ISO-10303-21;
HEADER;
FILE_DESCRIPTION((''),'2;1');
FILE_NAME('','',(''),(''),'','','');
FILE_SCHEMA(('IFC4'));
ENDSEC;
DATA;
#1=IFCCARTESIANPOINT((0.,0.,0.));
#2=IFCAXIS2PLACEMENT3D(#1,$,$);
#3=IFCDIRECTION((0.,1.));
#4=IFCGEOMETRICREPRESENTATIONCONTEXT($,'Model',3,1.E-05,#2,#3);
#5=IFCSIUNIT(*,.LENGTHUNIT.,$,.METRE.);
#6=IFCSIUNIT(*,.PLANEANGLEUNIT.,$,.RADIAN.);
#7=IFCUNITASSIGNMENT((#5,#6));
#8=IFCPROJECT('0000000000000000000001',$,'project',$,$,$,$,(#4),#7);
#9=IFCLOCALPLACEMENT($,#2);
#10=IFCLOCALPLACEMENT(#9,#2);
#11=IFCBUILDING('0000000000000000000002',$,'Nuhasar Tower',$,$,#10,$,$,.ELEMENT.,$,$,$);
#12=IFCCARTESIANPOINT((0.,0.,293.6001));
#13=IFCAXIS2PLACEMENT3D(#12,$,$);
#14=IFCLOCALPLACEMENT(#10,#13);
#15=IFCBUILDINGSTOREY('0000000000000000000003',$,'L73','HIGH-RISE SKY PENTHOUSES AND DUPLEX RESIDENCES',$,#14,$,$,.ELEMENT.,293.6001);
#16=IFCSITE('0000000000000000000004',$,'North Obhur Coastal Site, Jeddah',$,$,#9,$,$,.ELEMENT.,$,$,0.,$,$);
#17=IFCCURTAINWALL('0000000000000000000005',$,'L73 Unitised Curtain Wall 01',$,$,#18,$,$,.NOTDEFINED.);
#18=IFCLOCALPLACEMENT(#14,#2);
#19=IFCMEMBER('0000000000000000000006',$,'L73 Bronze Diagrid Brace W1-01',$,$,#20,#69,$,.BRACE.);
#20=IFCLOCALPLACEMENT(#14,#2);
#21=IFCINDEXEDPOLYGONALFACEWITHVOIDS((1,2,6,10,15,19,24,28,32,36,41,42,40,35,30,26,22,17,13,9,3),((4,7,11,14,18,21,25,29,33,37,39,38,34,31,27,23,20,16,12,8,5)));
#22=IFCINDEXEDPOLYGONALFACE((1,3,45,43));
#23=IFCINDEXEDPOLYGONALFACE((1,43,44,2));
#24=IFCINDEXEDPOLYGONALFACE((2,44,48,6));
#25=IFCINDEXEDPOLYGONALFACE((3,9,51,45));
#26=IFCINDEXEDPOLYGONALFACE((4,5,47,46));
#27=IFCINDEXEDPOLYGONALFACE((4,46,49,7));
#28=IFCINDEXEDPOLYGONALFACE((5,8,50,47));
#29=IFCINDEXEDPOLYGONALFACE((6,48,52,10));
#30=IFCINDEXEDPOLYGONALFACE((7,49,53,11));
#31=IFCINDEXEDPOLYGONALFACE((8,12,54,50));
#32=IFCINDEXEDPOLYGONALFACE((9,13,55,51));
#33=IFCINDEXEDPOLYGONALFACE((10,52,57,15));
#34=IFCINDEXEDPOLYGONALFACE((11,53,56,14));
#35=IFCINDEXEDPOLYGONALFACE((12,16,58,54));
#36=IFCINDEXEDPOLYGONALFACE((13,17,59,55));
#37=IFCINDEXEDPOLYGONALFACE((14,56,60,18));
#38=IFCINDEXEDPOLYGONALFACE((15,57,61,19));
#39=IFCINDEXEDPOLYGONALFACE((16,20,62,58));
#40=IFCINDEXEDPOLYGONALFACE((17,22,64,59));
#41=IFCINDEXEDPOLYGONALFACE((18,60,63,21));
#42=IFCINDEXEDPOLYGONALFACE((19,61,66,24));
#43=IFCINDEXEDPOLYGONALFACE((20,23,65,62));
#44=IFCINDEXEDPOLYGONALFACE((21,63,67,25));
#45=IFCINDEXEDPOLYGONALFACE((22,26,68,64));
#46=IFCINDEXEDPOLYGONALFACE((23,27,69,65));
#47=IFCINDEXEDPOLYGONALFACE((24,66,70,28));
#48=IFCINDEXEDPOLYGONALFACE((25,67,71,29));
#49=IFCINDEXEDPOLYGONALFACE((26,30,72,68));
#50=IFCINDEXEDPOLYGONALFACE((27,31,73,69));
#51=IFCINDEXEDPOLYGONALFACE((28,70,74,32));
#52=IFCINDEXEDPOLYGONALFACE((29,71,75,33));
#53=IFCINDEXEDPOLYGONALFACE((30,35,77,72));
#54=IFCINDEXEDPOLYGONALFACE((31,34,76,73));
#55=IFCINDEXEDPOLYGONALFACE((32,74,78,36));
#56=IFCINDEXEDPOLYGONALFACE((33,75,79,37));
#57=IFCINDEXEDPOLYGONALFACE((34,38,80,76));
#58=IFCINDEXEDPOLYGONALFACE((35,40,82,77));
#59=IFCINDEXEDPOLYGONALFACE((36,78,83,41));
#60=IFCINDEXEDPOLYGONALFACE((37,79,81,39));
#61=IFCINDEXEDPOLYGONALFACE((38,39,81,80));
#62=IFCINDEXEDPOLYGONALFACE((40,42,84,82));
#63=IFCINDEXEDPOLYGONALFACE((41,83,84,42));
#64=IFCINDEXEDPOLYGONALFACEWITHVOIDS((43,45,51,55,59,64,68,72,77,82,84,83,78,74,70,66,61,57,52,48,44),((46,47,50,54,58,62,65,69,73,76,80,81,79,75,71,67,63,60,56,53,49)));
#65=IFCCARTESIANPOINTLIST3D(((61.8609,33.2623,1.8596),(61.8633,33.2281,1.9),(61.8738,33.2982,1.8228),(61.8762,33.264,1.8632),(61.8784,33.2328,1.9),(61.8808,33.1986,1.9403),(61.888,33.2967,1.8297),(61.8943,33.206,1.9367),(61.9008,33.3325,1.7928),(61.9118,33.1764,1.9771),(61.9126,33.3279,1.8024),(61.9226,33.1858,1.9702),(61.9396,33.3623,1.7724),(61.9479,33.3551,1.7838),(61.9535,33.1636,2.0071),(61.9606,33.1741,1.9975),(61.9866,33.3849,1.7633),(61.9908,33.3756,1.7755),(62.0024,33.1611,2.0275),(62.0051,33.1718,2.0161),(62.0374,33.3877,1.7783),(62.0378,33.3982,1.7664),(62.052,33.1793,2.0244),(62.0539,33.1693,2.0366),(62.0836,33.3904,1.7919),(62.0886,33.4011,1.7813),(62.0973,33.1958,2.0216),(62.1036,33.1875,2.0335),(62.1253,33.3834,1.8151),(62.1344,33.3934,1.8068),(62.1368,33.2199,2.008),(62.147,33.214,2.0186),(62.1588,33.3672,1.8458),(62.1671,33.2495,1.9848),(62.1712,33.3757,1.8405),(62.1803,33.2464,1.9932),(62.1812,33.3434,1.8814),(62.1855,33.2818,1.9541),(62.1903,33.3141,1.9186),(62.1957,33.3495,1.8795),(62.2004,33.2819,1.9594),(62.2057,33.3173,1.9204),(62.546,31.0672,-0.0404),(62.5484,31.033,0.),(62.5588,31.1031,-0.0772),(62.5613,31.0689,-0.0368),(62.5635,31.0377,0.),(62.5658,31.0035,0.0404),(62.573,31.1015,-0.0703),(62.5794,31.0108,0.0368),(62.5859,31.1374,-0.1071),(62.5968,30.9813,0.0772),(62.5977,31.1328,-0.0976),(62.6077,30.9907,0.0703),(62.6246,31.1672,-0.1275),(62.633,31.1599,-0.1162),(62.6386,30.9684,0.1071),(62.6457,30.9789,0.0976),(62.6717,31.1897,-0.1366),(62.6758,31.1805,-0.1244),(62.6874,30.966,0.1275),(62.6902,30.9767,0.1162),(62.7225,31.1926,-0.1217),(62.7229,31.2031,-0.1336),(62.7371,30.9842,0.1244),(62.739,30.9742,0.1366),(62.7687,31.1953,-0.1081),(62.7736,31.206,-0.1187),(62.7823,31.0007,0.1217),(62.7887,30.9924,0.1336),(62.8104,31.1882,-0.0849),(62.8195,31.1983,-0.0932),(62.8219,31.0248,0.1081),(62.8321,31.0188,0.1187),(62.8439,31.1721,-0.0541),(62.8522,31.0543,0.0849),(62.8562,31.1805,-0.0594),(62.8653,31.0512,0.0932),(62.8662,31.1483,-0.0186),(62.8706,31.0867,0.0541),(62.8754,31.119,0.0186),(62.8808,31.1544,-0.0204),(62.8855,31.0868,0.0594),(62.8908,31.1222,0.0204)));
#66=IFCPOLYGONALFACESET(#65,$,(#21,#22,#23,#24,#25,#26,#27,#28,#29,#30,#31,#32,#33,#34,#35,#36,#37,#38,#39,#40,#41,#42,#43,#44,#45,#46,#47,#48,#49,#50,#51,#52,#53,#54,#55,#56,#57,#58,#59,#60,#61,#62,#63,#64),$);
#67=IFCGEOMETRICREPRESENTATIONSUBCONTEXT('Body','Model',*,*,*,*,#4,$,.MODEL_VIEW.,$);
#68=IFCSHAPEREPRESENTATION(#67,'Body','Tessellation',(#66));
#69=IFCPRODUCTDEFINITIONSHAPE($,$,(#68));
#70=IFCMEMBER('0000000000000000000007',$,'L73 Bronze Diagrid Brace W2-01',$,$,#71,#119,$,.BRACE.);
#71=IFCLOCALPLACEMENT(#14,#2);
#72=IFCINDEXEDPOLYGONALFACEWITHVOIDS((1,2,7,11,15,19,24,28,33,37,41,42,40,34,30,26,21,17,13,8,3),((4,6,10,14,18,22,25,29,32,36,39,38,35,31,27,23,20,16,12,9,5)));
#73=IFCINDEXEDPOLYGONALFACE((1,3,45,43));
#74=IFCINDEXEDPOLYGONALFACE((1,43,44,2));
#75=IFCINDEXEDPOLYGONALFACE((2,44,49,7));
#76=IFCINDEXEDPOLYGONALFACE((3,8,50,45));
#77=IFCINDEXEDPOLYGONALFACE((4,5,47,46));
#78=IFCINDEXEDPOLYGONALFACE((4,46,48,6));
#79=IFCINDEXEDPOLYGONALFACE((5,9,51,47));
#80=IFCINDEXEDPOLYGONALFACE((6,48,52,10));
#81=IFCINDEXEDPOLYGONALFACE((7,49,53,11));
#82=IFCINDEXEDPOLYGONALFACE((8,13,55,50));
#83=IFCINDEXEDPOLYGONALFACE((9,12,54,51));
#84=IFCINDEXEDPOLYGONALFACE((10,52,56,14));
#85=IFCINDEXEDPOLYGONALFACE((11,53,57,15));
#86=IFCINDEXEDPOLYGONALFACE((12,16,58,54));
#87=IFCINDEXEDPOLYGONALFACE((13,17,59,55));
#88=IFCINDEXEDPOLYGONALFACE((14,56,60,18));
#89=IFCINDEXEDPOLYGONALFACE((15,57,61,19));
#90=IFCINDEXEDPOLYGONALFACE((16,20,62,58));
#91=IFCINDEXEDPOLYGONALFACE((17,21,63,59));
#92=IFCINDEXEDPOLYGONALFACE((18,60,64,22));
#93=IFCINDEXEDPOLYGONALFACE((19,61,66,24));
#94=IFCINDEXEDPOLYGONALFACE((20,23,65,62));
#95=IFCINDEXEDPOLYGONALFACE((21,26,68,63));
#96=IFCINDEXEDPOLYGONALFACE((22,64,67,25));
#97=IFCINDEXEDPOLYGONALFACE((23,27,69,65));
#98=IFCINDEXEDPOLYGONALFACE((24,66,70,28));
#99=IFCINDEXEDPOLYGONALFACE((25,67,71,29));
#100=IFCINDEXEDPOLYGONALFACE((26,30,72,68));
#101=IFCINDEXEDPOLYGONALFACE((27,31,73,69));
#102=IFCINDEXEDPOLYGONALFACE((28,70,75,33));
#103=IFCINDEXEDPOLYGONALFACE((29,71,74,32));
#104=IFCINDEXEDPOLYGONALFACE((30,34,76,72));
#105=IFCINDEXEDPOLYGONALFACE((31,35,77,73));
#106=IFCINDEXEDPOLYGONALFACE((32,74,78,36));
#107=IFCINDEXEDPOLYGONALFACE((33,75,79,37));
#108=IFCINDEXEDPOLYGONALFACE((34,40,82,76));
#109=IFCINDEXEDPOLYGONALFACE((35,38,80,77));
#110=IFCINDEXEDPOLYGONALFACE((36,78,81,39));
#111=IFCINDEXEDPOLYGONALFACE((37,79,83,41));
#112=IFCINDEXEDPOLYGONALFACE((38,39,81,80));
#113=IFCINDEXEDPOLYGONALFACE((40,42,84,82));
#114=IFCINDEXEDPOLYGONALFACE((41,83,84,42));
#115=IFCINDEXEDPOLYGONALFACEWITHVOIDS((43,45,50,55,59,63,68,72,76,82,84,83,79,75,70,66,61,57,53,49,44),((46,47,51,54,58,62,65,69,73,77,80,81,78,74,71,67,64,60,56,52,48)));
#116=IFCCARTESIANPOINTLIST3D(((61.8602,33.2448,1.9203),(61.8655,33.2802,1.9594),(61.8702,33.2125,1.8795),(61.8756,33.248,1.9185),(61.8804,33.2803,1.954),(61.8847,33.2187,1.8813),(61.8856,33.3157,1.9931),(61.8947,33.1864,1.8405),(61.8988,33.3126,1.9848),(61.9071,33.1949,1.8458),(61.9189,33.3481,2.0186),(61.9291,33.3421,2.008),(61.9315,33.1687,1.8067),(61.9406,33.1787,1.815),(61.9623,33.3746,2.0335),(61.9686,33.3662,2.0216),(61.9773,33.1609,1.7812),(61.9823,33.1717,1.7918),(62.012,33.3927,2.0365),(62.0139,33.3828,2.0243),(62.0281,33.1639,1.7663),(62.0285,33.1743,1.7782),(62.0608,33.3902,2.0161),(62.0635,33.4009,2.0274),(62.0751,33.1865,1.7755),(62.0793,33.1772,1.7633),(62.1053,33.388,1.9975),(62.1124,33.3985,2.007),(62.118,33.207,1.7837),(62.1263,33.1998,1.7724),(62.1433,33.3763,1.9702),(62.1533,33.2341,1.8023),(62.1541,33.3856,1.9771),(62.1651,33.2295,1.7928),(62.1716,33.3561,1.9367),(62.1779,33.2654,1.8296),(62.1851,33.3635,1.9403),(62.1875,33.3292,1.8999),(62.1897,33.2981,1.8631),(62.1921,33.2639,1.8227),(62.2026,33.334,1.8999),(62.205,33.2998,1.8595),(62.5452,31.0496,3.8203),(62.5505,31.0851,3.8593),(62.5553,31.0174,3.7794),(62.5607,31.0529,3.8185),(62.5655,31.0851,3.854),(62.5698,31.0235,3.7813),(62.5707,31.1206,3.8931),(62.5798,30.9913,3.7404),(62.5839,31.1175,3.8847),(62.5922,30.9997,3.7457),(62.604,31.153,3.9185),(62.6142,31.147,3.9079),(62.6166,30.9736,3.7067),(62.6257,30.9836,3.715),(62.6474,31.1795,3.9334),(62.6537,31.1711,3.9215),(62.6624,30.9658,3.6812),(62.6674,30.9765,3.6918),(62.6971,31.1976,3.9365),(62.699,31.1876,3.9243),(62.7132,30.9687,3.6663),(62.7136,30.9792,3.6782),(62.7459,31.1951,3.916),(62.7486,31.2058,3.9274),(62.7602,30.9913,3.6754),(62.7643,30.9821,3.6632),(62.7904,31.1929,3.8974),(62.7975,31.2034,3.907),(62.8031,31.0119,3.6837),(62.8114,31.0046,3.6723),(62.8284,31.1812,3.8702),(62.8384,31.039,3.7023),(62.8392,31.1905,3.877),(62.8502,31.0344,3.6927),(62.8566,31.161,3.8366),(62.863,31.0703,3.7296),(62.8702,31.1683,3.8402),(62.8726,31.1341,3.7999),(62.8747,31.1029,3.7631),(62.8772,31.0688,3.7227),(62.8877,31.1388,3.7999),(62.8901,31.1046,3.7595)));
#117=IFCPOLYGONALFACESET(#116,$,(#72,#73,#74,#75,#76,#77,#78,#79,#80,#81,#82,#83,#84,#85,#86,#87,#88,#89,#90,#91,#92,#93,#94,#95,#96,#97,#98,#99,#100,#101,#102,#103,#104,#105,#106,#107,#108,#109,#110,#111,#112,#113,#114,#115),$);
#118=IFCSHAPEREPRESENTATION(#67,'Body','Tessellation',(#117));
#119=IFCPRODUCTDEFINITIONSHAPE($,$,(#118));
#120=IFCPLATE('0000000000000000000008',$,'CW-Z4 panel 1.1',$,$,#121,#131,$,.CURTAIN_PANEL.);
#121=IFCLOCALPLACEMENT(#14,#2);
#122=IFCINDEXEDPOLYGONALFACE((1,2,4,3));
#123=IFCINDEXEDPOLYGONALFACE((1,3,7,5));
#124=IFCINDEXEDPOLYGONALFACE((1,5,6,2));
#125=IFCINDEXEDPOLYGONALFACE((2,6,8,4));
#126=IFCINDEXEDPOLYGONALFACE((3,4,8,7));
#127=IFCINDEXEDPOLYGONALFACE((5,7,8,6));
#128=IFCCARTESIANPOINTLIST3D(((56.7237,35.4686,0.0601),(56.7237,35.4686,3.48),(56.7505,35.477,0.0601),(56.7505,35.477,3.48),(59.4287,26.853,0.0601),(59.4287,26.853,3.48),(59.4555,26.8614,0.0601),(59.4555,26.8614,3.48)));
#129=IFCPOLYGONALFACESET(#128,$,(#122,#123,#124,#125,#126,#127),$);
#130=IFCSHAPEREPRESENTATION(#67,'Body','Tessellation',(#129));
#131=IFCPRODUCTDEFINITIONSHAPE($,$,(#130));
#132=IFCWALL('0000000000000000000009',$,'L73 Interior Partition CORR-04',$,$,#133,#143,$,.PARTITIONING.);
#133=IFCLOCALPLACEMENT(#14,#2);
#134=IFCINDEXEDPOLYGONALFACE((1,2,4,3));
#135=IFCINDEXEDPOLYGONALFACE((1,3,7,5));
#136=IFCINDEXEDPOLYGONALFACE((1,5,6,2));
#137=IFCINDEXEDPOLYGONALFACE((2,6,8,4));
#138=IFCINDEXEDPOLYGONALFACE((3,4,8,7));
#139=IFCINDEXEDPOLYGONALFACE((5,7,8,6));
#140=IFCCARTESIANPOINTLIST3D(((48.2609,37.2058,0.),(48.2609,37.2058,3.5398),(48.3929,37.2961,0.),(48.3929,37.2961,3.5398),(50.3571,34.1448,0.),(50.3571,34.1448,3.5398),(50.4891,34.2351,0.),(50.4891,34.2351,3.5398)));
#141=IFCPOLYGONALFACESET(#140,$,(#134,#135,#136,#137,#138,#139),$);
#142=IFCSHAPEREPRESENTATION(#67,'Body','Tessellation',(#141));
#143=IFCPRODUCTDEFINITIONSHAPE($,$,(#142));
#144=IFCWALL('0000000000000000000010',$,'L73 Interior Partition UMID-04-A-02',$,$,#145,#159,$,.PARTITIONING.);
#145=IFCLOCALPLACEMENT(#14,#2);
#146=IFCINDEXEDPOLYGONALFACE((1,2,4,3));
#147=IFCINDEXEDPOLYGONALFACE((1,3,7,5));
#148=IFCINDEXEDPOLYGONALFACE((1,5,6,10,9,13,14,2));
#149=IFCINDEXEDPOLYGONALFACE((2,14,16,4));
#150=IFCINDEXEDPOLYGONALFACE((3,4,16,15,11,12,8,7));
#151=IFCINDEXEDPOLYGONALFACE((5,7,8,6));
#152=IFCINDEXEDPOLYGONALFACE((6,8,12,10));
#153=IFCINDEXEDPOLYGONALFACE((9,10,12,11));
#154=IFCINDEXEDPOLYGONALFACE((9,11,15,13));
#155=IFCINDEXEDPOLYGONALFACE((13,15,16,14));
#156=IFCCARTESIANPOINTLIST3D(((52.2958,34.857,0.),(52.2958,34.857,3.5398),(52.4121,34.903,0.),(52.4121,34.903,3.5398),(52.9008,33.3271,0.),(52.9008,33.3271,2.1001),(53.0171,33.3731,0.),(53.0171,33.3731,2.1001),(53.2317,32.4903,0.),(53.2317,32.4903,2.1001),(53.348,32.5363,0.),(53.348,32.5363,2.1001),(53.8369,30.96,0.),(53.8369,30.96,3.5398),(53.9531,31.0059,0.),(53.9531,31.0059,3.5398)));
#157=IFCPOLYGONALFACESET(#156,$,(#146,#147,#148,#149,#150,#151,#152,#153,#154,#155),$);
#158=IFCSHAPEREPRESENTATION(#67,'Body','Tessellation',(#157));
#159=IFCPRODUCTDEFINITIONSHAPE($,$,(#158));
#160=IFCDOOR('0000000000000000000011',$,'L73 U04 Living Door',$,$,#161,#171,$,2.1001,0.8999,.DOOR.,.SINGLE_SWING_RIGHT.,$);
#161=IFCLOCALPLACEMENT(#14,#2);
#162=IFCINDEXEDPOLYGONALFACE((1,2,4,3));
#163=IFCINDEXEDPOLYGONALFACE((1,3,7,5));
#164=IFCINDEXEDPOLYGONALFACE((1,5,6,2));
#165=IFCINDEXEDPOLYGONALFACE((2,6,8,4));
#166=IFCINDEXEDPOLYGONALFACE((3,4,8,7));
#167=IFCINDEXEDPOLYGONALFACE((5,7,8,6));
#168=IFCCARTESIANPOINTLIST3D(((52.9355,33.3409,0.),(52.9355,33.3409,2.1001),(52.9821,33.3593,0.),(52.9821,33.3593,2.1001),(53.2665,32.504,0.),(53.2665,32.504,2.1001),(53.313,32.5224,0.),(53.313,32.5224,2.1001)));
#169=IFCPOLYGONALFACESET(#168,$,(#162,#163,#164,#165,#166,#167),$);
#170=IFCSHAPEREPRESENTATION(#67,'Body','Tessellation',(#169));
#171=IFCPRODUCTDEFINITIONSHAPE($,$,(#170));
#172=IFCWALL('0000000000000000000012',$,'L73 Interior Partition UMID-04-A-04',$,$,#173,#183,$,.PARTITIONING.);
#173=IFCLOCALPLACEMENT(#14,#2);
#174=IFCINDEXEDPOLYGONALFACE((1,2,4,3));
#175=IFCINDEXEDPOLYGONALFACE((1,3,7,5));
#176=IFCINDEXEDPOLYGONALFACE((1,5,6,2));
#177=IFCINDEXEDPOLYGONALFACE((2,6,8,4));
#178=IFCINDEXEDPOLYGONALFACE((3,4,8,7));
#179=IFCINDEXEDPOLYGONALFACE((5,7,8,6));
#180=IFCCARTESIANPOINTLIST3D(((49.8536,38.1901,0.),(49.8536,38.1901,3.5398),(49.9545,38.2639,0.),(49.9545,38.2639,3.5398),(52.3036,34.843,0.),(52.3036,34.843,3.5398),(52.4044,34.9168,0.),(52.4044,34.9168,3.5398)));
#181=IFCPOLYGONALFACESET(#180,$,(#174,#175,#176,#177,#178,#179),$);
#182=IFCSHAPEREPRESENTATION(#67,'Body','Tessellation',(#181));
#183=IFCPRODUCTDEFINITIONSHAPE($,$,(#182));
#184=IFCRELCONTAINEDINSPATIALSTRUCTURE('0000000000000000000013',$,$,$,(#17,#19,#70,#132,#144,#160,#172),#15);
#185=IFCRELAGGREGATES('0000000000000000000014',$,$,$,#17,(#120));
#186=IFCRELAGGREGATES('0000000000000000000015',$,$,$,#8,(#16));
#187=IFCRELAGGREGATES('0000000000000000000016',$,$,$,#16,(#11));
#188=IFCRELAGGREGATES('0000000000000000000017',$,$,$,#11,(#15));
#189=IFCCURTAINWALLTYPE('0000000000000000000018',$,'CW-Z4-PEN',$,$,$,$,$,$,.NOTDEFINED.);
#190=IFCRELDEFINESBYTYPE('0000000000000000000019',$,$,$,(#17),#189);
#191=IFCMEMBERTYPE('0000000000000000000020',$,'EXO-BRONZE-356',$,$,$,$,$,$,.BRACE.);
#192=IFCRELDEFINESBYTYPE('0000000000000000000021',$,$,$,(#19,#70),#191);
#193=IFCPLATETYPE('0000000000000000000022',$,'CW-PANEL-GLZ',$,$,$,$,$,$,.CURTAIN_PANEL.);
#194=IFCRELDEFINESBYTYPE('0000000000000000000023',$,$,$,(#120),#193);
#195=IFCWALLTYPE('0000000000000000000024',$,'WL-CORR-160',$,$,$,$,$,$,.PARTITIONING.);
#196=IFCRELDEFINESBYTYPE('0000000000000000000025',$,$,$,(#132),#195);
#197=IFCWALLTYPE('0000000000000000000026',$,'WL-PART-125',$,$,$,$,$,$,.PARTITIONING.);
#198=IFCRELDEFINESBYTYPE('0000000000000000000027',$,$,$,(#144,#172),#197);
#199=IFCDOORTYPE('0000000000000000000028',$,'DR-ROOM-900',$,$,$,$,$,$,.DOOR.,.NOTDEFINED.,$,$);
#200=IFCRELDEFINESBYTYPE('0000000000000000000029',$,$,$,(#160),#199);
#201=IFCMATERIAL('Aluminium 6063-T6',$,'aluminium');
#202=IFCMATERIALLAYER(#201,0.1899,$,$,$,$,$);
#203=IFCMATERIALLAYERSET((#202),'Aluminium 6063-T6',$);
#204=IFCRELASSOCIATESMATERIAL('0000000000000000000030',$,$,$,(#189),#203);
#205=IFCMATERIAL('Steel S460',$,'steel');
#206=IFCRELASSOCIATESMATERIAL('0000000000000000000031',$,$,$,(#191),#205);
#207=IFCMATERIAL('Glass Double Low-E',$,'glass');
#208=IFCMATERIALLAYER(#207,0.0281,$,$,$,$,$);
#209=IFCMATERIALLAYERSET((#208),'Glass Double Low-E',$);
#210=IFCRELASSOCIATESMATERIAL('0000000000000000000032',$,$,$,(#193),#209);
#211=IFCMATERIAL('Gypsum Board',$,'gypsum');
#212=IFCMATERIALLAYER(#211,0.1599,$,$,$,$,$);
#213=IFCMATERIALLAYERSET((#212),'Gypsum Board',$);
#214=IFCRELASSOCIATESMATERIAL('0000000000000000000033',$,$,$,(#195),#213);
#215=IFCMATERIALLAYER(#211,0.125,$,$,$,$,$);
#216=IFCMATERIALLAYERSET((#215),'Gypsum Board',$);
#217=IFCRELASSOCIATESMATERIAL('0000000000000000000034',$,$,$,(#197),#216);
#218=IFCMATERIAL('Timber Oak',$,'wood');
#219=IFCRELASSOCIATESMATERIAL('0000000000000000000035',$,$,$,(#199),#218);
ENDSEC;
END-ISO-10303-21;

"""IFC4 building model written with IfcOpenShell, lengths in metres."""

from ifc_helpers import new_model, si_unit, direction, frame, frame_2d, origin, origin_2d, place, context, subcontext, project, spatial, rectangle, hollow_circle, extrude, material, layer, layer_set, material_profile, profile_set, type_object, element, fill, aggregate, save


model = new_model("IFC4")

# Units and contexts
model_context = context("Model", 3, precision=1e-05, world=origin(), true_north=direction((0.0, 1.0)))
body_context = subcontext(model_context, "Body", "Model", "MODEL_VIEW")
ifc_project = project(units=[si_unit("LENGTHUNIT", "METRE"), si_unit("PLANEANGLEUNIT", "RADIAN")], contexts=[model_context])

# Site, building, storey
site_placement = place(None, origin())
site = spatial("IfcSite", under=ifc_project, at=site_placement, Name="North Obhur Coastal Site, Jeddah", CompositionType="ELEMENT", RefElevation=0.0)
building_placement = place(site_placement, origin())
building = spatial("IfcBuilding", under=site, at=building_placement, Name="Nuhasar Tower", CompositionType="ELEMENT")
storey_placement = place(building_placement, frame((0.0, 0.0, 293.6001)))
storey = spatial("IfcBuildingStorey", under=building, at=storey_placement, Name="L73", Description="HIGH-RISE SKY PENTHOUSES AND DUPLEX RESIDENCES", CompositionType="ELEMENT", Elevation=293.6001)

# Curtain wall
ifc_material_1 = material(Name="Aluminium 6063-T6", Category="aluminium")
ifc_layer_1 = layer(ifc_material_1, 0.1899)
ifc_layer_set_1 = layer_set([ifc_layer_1], Name="Aluminium 6063-T6")
curtain_wall_type = type_object("IfcCurtainWallType", Name="CW-Z4-PEN", PredefinedType="NOTDEFINED", material=ifc_layer_set_1)
curtain_wall_placement = place(storey_placement, origin())
curtain_wall = element("IfcCurtainWall", 1, at=curtain_wall_placement, inside=storey, type_object=curtain_wall_type, Name="L73 Unitised Curtain Wall 01", PredefinedType="NOTDEFINED")

# Members
ifc_material_2 = material(Name="Steel S460", Category="steel")
ifc_material_profile_1 = material_profile(ifc_material_2, hollow_circle(Radius=0.1777, WallThickness=0.0159, at=origin_2d()), Name="HSS355.6X15.9")
ifc_profile_set_1 = profile_set([ifc_material_profile_1], Name="Steel S460")
member_type_1 = type_object("IfcMemberType", Name="EXO-BRONZE-356", PredefinedType="BRACE", material=ifc_profile_set_1)
for number, where, z_axis, x_axis, name in (
    (2, (62.718, 31.0859, 0.0), (-0.229668, 0.735902, 0.636947), (-0.954591, -0.297918, 0.0), "L73 Bronze Diagrid Brace W1-01"),
    (3, (62.033, 33.281, 1.8999), (0.229668, -0.735902, 0.636947), (0.954591, 0.297918, 0.0), "L73 Bronze Diagrid Brace W2-01"),
):
    element("IfcMember", number, at=place(storey_placement, frame(where, z_axis=z_axis, x_axis=x_axis)), inside=storey, type_object=member_type_1, Name=name, PredefinedType="BRACE", context=body_context, shape_type="SweptSolid", body=[
        extrude(hollow_circle(Radius=0.1777, WallThickness=0.0159, at=origin_2d()), origin(), (0.0, 0.0, 1.0), 2.9829),
    ])

# Plate
ifc_material_3 = material(Name="Glass Double Low-E", Category="glass")
ifc_layer_2 = layer(ifc_material_3, 0.0281)
ifc_layer_set_2 = layer_set([ifc_layer_2], Name="Glass Double Low-E")
plate_type = type_object("IfcPlateType", Name="CW-PANEL-GLZ", PredefinedType="CURTAIN_PANEL", material=ifc_layer_set_2)
plate_placement = place(storey_placement, frame((58.0896, 31.165, 0.0601), z_axis=(0.0, 0.0, 1.0), x_axis=(-0.299557, 0.954079, 0.0)))
plate = element("IfcPlate", 4, at=plate_placement, type_object=plate_type, Name="CW-Z4 panel 1.1", PredefinedType="CURTAIN_PANEL", context=body_context, shape_type="SweptSolid", body=[
    extrude(rectangle(XDim=9.0303, YDim=0.0281, at=origin_2d()), origin(), (0.0, 0.0, 1.0), 3.4199),
])
aggregate(curtain_wall, [plate])

# Shared definitions
ifc_material_4 = material(Name="Gypsum Board", Category="gypsum")
ifc_layer_3 = layer(ifc_material_4, 0.1599)
ifc_layer_set_3 = layer_set([ifc_layer_3], Name="Gypsum Board")
wall_type_1 = type_object("IfcWallType", Name="WL-CORR-160", PredefinedType="PARTITIONING", material=ifc_layer_set_3)
ifc_material_5 = material(Name="Timber Oak", Category="wood")

# Wall
wall_1_placement = place(storey_placement, frame((50.4231, 34.1899, 0.0), z_axis=(0.0, 0.0, 1.0), x_axis=(-0.565014, 0.825081, 0.0)))
element("IfcWall", 5, at=wall_1_placement, inside=storey, type_object=wall_type_1, Name="L73 Interior Partition CORR-04", PredefinedType="PARTITIONING", context=body_context, shape_type="SweptSolid", body=[
    extrude(rectangle(XDim=3.71, YDim=0.1599, at=frame_2d((1.855, 0.0))), origin(), (0.0, 0.0, 1.0), 3.5398),
])

# Wall, opening, door
ifc_layer_4 = layer(ifc_material_4, 0.125)
ifc_layer_set_4 = layer_set([ifc_layer_4], Name="Gypsum Board")
wall_type_2 = type_object("IfcWallType", Name="WL-PART-125", PredefinedType="PARTITIONING", material=ifc_layer_set_4)
wall_2_placement = place(storey_placement, frame((52.354, 34.8799, 0.0), z_axis=(0.0, 0.0, 1.0), x_axis=(0.367732, -0.929932, 0.0)))
wall_2 = element("IfcWall", 6, at=wall_2_placement, inside=storey, type_object=wall_type_2, Name="L73 Interior Partition UMID-04-A-02", PredefinedType="PARTITIONING", context=body_context, shape_type="SweptSolid", body=[
    extrude(rectangle(XDim=4.1907, YDim=0.125, at=frame_2d((2.0952, 0.0))), origin(), (0.0, 0.0, 1.0), 3.5398),
])
opening_1_placement = place(wall_2_placement, frame((1.645, 0.0, 0.0)))
opening_1 = element("IfcOpeningElement", 7, at=opening_1_placement, cuts=wall_2, PredefinedType="OPENING", context=body_context, shape_type="SweptSolid", body=[
    extrude(rectangle(XDim=0.8999, YDim=2.1001, at=frame_2d((0.45, 1.05))), frame((0.0, 0.0725, 0.0), z_axis=(0.0, -1.0, 0.0), x_axis=(1.0, 0.0, 0.0)), (0.0, 0.0, 1.0), 0.145),
])
door_type_1 = type_object("IfcDoorType", Name="DR-ROOM-900", OperationType="NOTDEFINED", PredefinedType="DOOR", material=ifc_material_5)
door_1_placement = place(opening_1_placement, origin())
door_1 = element("IfcDoor", 8, at=door_1_placement, inside=storey, type_object=door_type_1, Name="L73 U04 Living Door", OperationType="SINGLE_SWING_RIGHT", OverallHeight=2.1001, OverallWidth=0.8999, PredefinedType="DOOR", context=body_context, shape_type="SweptSolid", body=[
    extrude(rectangle(XDim=0.8999, YDim=2.1001, at=frame_2d((0.45, 1.05))), frame((0.0, 0.0249, 0.0), z_axis=(0.0, -1.0, 0.0), x_axis=(1.0, 0.0, 0.0)), (0.0, 0.0, 1.0), 0.05),
])
fill(opening_1, door_1)

# Wall
wall_3_placement = place(storey_placement, frame((52.354, 34.8799, 0.0), z_axis=(0.0, 0.0, 1.0), x_axis=(-0.590636, 0.806938, 0.0)))
element("IfcWall", 9, at=wall_3_placement, inside=storey, type_object=wall_type_2, Name="L73 Interior Partition UMID-04-A-04", PredefinedType="PARTITIONING", context=body_context, shape_type="SweptSolid", body=[
    extrude(rectangle(XDim=4.1479, YDim=0.125, at=frame_2d((2.074, 0.0))), origin(), (0.0, 0.0, 1.0), 3.5398),
])

save(model, "model.ifc")
